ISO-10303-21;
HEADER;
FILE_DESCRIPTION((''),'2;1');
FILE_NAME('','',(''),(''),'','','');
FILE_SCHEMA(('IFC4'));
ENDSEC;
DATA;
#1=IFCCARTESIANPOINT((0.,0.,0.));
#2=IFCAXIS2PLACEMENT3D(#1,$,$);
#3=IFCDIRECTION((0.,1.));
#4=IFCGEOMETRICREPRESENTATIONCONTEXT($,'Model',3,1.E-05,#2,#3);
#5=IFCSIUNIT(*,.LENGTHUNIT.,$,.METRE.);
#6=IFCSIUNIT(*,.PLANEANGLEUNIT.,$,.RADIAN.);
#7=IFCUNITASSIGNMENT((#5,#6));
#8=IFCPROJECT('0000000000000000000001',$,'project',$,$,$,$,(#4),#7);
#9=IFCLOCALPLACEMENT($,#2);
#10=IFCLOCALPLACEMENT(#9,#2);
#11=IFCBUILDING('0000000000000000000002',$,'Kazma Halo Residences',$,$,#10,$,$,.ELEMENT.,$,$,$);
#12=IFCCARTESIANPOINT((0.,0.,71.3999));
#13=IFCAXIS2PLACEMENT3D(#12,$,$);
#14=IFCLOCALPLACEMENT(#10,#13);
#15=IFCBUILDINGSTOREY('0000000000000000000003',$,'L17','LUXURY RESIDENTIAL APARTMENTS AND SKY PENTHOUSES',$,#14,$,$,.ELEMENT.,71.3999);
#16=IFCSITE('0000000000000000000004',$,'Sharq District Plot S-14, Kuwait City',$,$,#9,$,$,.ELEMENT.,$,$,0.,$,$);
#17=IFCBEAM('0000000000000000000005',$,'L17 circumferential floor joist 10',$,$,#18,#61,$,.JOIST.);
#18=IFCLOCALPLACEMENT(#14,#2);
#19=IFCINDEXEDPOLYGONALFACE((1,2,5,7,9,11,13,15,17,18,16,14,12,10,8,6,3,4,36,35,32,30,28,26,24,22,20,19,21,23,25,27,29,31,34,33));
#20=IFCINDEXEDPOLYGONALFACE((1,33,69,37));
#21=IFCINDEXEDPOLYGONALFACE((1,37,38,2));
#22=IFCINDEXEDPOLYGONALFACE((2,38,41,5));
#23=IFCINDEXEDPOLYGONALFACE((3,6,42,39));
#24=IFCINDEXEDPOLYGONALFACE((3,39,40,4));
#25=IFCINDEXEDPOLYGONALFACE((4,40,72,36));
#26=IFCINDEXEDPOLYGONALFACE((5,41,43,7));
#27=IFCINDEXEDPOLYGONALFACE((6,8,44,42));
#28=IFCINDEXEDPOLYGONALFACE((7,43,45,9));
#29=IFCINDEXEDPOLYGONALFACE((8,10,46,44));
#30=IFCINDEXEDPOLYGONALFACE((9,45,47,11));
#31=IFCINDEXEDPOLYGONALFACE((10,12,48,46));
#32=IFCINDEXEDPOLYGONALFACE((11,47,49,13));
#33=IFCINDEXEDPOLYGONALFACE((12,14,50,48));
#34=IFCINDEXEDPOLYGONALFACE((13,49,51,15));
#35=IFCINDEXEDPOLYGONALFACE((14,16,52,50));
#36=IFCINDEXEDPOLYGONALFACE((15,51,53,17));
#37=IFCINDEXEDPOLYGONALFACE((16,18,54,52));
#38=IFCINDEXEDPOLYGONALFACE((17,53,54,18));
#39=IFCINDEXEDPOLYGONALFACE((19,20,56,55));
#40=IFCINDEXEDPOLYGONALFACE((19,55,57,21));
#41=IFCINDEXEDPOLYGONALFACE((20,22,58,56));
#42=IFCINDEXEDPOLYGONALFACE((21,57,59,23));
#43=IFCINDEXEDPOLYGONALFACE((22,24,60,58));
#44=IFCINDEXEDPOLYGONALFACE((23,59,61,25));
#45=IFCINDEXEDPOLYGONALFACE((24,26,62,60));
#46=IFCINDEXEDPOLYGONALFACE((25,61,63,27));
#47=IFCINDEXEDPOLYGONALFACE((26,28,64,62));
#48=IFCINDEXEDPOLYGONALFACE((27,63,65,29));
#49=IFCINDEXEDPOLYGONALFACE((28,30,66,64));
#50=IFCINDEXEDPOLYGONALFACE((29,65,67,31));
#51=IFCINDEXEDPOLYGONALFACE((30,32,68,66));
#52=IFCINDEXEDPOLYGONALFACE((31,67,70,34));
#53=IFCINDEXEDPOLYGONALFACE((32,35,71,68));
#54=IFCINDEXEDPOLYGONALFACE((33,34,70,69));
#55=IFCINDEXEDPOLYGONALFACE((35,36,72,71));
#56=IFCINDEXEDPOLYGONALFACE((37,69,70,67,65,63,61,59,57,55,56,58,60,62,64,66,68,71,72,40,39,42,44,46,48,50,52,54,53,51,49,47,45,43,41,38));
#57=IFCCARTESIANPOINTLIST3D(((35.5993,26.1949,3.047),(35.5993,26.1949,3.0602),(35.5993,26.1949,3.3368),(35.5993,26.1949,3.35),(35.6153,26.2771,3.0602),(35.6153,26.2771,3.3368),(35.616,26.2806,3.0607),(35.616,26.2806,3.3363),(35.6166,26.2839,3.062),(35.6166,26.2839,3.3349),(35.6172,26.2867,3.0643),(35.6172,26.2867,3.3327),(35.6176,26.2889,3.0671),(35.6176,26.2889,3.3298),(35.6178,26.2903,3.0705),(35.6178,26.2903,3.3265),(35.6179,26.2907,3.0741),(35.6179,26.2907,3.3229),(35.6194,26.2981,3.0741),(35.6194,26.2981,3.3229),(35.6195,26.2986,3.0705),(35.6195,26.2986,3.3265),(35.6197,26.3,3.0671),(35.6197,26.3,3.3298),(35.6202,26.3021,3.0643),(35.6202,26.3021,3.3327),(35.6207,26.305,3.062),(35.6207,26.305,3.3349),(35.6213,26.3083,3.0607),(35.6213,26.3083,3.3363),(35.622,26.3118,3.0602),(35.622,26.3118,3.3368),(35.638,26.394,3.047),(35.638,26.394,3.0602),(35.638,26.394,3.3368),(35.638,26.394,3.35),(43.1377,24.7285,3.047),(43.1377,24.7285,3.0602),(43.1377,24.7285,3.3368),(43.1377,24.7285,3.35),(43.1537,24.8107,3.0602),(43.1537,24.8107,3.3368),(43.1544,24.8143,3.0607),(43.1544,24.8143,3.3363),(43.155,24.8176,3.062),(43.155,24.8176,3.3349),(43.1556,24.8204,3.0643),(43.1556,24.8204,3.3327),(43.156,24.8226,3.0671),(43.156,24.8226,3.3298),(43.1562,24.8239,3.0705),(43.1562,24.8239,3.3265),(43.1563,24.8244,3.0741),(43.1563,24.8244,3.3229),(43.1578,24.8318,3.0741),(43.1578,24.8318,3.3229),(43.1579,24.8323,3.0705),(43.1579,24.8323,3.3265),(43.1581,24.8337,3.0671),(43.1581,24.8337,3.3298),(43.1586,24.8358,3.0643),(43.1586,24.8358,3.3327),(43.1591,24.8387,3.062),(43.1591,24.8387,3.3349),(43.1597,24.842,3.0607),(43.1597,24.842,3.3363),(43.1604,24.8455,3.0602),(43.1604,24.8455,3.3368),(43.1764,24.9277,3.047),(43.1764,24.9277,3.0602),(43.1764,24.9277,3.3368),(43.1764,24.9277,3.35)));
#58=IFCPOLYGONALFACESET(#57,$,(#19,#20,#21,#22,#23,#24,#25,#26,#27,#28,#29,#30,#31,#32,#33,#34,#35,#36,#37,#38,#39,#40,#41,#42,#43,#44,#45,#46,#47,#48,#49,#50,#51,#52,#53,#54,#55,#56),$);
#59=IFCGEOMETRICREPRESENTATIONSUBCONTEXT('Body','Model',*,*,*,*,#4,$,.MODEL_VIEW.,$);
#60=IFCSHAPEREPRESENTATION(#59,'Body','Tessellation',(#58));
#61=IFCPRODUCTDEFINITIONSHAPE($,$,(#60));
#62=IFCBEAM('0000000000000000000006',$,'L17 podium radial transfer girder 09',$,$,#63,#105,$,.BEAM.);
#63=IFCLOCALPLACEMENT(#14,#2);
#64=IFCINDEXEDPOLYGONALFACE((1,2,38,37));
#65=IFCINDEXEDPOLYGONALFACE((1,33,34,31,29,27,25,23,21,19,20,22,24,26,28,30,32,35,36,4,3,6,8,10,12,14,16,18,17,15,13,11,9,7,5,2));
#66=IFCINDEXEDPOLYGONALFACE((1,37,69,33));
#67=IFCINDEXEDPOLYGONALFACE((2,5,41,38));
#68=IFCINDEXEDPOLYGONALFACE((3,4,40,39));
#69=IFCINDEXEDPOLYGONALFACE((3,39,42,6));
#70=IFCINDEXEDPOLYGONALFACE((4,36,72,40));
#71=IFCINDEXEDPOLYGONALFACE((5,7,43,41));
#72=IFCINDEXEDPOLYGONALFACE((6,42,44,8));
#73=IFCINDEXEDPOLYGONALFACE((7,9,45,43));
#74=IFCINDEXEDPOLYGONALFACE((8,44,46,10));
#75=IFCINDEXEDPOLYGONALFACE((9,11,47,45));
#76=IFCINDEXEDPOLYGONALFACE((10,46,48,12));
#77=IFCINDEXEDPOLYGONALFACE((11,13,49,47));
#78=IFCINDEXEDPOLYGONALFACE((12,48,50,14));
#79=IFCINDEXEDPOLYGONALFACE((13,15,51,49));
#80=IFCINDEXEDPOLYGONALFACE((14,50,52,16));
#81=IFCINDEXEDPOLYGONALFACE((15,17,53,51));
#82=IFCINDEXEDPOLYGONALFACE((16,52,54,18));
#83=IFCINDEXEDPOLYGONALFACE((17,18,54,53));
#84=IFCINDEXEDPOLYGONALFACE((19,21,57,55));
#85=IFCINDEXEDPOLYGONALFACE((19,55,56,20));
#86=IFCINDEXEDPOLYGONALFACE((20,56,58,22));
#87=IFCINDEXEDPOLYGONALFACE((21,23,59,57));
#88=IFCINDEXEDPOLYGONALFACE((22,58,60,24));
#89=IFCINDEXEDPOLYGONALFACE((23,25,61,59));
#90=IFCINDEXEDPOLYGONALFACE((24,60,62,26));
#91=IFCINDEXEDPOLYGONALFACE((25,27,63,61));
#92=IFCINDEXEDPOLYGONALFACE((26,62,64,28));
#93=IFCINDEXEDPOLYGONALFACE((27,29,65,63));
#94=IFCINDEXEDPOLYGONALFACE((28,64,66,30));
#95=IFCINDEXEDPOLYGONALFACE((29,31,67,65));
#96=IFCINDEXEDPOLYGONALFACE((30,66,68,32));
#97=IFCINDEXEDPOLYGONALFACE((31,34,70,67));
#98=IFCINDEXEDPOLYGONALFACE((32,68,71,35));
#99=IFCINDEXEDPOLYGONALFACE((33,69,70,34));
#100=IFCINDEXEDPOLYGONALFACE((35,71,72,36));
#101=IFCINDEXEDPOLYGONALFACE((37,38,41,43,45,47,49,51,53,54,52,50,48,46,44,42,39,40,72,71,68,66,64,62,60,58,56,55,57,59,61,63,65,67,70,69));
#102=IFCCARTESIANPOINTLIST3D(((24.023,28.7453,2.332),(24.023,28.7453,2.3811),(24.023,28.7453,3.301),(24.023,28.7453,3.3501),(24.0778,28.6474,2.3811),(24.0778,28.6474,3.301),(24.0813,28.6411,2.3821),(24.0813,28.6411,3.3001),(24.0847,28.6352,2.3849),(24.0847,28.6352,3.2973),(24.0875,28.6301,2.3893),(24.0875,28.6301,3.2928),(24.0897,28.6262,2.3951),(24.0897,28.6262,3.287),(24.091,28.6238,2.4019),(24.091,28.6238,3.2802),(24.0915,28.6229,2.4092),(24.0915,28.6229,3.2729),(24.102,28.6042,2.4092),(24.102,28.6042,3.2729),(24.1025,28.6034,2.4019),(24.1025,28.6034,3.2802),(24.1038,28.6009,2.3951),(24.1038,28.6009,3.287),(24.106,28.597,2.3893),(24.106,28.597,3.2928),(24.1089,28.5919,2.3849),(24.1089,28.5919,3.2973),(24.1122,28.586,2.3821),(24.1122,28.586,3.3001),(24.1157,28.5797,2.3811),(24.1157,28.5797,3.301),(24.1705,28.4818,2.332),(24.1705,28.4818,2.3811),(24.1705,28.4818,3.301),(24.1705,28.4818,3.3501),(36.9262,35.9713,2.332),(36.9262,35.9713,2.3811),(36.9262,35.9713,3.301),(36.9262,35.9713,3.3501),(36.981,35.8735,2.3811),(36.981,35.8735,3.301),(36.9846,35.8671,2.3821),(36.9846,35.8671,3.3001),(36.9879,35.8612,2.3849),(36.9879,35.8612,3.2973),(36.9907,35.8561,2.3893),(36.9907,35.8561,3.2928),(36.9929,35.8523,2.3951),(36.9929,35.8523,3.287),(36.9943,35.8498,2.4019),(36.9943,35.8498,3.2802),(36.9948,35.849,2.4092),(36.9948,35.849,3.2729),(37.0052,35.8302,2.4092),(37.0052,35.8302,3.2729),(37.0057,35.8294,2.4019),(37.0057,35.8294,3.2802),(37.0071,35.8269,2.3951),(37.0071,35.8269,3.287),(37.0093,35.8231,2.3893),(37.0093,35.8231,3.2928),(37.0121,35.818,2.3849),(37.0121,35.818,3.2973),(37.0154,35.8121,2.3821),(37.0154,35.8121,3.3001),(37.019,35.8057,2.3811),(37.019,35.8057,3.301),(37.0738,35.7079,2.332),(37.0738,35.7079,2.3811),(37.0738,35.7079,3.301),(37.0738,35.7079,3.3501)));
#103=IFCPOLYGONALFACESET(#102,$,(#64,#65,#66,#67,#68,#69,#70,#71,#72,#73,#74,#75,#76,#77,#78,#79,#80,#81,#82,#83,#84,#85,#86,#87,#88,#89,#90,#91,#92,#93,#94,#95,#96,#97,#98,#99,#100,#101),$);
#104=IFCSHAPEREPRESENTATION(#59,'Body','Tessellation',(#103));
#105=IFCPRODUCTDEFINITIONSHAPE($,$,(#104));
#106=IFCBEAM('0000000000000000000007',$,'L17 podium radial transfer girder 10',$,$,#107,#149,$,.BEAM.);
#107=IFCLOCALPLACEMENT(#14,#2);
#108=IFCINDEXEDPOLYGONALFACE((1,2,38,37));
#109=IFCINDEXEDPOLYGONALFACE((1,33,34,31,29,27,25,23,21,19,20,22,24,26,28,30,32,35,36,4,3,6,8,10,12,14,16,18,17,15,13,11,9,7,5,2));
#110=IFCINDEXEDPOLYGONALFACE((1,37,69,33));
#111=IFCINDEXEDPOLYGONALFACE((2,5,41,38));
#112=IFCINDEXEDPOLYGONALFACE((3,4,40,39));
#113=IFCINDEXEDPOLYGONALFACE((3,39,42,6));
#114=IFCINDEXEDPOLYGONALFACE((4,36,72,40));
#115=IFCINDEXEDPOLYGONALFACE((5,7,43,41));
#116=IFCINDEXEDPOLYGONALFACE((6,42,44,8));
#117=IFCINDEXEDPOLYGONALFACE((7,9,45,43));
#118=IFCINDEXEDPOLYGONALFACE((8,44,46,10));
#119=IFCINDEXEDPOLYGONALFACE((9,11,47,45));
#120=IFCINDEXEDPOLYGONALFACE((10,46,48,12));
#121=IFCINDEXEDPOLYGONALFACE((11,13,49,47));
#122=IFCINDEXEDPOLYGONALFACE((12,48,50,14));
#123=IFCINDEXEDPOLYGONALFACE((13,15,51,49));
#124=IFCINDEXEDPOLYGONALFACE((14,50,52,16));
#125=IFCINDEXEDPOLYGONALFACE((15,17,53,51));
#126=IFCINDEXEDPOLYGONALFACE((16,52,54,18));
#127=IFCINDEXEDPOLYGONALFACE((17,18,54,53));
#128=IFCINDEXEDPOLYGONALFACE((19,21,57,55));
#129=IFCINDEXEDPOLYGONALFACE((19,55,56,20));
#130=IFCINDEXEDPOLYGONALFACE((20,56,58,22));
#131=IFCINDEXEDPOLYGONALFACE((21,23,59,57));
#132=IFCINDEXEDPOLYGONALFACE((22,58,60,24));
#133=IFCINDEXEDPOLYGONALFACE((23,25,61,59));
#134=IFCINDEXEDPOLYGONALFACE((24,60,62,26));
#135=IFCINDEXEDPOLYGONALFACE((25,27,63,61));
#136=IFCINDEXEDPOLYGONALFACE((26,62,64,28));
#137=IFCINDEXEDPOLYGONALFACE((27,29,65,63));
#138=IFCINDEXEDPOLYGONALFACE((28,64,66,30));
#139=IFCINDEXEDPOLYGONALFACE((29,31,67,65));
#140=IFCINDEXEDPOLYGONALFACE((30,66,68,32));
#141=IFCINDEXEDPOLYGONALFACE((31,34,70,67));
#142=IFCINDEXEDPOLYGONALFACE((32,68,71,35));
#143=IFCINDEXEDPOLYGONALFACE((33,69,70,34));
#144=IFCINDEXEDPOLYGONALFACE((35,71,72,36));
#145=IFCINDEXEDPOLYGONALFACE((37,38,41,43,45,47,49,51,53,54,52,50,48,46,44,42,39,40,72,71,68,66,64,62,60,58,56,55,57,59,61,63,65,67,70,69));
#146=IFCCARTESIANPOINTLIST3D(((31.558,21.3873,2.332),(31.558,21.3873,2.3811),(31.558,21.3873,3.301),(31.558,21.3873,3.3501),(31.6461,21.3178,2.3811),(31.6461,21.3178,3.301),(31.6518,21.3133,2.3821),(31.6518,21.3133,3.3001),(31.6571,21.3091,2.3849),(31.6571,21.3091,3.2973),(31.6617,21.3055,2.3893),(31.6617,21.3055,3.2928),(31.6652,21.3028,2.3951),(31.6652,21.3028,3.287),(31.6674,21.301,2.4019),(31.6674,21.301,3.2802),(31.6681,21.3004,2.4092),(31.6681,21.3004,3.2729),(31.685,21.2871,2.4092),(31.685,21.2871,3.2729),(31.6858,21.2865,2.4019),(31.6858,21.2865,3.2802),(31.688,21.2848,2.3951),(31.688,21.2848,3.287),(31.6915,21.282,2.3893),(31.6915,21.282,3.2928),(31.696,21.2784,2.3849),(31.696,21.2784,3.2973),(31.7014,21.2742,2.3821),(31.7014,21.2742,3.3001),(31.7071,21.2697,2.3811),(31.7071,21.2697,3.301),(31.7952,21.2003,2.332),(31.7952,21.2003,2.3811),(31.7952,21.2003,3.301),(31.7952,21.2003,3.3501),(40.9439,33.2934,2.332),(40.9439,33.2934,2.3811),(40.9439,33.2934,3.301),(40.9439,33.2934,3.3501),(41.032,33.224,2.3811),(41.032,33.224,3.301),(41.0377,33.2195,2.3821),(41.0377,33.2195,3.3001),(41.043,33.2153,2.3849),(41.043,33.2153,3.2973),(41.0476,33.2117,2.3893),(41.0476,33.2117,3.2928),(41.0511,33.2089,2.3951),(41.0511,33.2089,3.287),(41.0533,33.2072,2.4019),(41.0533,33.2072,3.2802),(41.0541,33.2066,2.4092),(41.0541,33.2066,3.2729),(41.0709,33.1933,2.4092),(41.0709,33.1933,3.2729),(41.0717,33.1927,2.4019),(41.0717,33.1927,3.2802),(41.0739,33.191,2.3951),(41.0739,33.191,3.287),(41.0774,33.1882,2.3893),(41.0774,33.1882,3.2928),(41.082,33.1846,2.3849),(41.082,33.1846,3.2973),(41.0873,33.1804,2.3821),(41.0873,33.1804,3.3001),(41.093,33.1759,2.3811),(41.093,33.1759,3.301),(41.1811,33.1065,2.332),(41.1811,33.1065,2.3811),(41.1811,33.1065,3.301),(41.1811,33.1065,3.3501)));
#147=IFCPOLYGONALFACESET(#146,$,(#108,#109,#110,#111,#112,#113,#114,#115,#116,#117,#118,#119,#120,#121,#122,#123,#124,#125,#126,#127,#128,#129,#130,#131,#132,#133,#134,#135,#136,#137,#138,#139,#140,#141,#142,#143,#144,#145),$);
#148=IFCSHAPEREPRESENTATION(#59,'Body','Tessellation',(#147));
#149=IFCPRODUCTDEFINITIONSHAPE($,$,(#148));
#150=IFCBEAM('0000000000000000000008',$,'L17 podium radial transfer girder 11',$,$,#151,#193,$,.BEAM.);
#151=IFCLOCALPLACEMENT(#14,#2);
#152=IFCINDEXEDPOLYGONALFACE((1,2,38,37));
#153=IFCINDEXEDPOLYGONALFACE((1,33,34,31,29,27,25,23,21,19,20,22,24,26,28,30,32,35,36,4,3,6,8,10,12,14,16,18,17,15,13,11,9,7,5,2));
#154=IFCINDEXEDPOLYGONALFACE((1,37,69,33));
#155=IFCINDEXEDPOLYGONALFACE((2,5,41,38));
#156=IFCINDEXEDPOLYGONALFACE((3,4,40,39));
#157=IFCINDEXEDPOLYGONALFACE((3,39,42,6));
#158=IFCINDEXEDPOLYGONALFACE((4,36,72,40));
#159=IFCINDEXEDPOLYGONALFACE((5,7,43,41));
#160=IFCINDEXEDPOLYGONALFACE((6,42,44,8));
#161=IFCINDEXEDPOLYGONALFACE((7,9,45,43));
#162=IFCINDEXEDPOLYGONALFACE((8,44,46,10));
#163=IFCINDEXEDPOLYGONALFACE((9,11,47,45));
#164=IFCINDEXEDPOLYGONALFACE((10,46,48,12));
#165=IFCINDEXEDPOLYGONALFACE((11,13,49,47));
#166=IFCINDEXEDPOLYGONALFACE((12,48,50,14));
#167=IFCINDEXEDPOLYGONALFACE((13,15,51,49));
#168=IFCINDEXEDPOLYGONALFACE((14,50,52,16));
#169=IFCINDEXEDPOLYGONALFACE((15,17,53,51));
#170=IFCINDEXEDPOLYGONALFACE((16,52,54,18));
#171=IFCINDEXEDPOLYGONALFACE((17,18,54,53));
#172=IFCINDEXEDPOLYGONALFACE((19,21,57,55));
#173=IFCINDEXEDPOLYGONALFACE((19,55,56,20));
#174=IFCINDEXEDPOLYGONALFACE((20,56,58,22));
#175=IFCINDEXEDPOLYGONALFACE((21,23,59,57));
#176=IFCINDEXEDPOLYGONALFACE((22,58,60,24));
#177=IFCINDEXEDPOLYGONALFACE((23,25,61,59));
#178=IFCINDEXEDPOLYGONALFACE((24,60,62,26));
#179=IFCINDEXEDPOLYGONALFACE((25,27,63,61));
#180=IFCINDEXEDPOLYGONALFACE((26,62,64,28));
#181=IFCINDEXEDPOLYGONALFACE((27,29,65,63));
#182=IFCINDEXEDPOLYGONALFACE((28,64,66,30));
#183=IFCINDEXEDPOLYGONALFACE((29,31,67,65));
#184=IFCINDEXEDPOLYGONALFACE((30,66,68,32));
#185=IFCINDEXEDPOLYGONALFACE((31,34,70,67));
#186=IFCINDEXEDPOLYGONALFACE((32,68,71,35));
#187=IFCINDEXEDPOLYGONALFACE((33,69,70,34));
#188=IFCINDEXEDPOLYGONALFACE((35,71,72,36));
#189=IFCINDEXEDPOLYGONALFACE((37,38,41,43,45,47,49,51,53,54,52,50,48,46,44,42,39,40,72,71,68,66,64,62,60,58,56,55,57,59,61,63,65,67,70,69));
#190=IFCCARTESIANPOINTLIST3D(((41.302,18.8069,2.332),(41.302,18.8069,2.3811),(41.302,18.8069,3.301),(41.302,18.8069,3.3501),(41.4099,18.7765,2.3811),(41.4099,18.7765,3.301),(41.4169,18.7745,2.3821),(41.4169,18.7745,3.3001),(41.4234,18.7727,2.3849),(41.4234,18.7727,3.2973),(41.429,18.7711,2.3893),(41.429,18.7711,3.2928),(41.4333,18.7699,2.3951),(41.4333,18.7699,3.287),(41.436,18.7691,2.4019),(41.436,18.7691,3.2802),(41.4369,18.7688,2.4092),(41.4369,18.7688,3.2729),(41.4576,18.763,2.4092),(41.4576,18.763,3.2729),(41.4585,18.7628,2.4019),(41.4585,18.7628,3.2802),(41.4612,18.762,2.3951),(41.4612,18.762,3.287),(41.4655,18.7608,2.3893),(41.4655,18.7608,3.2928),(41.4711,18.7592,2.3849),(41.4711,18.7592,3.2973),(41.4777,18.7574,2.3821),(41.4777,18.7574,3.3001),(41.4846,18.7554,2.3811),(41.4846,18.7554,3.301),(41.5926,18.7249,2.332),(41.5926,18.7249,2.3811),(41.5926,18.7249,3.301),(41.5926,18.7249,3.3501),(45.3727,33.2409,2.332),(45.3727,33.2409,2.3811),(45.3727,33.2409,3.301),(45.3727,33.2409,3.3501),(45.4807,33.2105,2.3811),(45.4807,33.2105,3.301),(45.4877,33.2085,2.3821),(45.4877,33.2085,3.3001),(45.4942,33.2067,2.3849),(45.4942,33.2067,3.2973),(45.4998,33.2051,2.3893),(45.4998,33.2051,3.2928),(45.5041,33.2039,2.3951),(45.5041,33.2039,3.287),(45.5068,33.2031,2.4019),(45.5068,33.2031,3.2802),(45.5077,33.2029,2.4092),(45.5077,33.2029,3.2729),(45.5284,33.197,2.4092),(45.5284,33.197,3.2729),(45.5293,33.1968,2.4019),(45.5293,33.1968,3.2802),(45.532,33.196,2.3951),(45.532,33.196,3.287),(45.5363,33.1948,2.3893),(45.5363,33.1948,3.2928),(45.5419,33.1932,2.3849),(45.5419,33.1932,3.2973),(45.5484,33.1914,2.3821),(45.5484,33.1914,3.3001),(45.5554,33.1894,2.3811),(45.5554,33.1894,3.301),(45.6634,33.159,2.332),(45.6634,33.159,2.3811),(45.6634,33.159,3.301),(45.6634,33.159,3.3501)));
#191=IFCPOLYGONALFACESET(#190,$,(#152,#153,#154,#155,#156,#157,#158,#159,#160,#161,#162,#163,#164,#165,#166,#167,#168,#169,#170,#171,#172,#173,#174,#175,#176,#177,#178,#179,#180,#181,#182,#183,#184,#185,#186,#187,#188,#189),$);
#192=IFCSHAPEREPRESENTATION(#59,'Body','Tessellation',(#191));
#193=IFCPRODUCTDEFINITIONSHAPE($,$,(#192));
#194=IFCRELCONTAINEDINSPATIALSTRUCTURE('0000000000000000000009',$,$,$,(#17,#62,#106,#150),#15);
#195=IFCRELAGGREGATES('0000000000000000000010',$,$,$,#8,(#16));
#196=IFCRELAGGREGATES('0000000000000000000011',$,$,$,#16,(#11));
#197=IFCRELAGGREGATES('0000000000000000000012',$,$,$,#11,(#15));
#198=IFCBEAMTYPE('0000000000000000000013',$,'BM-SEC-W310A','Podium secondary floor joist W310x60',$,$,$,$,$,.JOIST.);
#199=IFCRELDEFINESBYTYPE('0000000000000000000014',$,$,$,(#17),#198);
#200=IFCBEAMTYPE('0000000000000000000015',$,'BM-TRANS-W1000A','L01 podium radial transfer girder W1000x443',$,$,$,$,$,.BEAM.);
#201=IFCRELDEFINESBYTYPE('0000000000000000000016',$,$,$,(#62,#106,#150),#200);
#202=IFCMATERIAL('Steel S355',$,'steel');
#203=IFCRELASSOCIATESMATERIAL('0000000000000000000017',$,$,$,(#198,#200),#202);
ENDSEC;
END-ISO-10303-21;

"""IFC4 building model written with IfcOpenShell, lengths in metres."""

from ifc_helpers import new_model, si_unit, direction, frame, origin, origin_2d, place, context, subcontext, project, spatial, i_section, extrude, material, material_profile, profile_set, type_object, element, save


model = new_model("IFC4")

# Units and contexts
model_context = context("Model", 3, precision=1e-05, world=origin(), true_north=direction((0.0, 1.0)))
body_context = subcontext(model_context, "Body", "Model", "MODEL_VIEW")
ifc_project = project(units=[si_unit("LENGTHUNIT", "METRE"), si_unit("PLANEANGLEUNIT", "RADIAN")], contexts=[model_context])

# Site, building, storey
site_placement = place(None, origin())
site = spatial("IfcSite", under=ifc_project, at=site_placement, Name="Sharq District Plot S-14, Kuwait City", CompositionType="ELEMENT", RefElevation=0.0)
building_placement = place(site_placement, origin())
building = spatial("IfcBuilding", under=site, at=building_placement, Name="Kazma Halo Residences", CompositionType="ELEMENT")
storey_placement = place(building_placement, frame((0.0, 0.0, 71.3999)))
storey = spatial("IfcBuildingStorey", under=building, at=storey_placement, Name="L17", Description="LUXURY RESIDENTIAL APARTMENTS AND SKY PENTHOUSES", CompositionType="ELEMENT", Elevation=71.3999)

# Beams
ifc_material_1 = material(Name="Steel S355", Category="steel")
ifc_material_profile_1 = material_profile(ifc_material_1, i_section(OverallWidth=0.2029, OverallDepth=0.303, WebThickness=0.0076, FlangeThickness=0.0132, FilletRadius=0.0139, at=origin_2d()), Name="W310x60")
ifc_profile_set_1 = profile_set([ifc_material_profile_1], Name="Steel S355")
beam_type_1 = type_object("IfcBeamType", Name="BM-SEC-W310A", Description="Podium secondary floor joist W310x60", PredefinedType="JOIST", material=ifc_profile_set_1)
beam_1_placement = place(storey_placement, frame((35.6187, 26.2944, 3.1985), z_axis=(0.981603, -0.190935, 0.0), x_axis=(0.190935, 0.981603, 0.0)))
element("IfcBeam", 1, at=beam_1_placement, inside=storey, type_object=beam_type_1, Name="L17 circumferential floor joist 10", PredefinedType="JOIST", context=body_context, shape_type="SweptSolid", body=[
    extrude(i_section(OverallWidth=0.2029, OverallDepth=0.303, WebThickness=0.0076, FlangeThickness=0.0132, FilletRadius=0.0139, at=origin_2d()), origin(), (0.0, 0.0, 1.0), 7.6797),
])
ifc_material_profile_2 = material_profile(ifc_material_1, i_section(OverallWidth=0.302, OverallDepth=1.0181, WebThickness=0.0215, FlangeThickness=0.0491, FilletRadius=0.0281, at=origin_2d()), Name="W1000x443")
ifc_profile_set_2 = profile_set([ifc_material_profile_2], Name="Steel S355")
beam_type_2 = type_object("IfcBeamType", Name="BM-TRANS-W1000A", Description="L01 podium radial transfer girder W1000x443", PredefinedType="BEAM", material=ifc_profile_set_2)
beam_2_placement = place(storey_placement, frame((37.0, 35.8396, 2.8411), z_axis=(-0.8725, -0.488614, 0.0), x_axis=(0.488614, -0.8725, 0.0)))
element("IfcBeam", 2, at=beam_2_placement, inside=storey, type_object=beam_type_2, Name="L17 podium radial transfer girder 09", PredefinedType="BEAM", context=body_context, shape_type="SweptSolid", body=[
    extrude(i_section(OverallWidth=0.302, OverallDepth=1.0181, WebThickness=0.0215, FlangeThickness=0.0491, FilletRadius=0.0281, at=origin_2d()), origin(), (0.0, 0.0, 1.0), 14.7888),
])
beam_3_placement = place(storey_placement, frame((41.0625, 33.2, 2.8411), z_axis=(-0.619088, -0.785322, 0.0), x_axis=(0.785322, -0.619088, 0.0)))
element("IfcBeam", 3, at=beam_3_placement, inside=storey, type_object=beam_type_2, Name="L17 podium radial transfer girder 10", PredefinedType="BEAM", context=body_context, shape_type="SweptSolid", body=[
    extrude(i_section(OverallWidth=0.302, OverallDepth=1.0181, WebThickness=0.0215, FlangeThickness=0.0491, FilletRadius=0.0281, at=origin_2d()), origin(), (0.0, 0.0, 1.0), 15.1609),
])
beam_4_placement = place(storey_placement, frame((45.5181, 33.2, 2.8411), z_axis=(-0.271439, -0.962456, 0.0), x_axis=(0.962456, -0.271439, 0.0)))
element("IfcBeam", 4, at=beam_4_placement, inside=storey, type_object=beam_type_2, Name="L17 podium radial transfer girder 11", PredefinedType="BEAM", context=body_context, shape_type="SweptSolid", body=[
    extrude(i_section(OverallWidth=0.302, OverallDepth=1.0181, WebThickness=0.0215, FlangeThickness=0.0491, FilletRadius=0.0281, at=origin_2d()), origin(), (0.0, 0.0, 1.0), 14.9971),
])

save(model, "model.ifc")
